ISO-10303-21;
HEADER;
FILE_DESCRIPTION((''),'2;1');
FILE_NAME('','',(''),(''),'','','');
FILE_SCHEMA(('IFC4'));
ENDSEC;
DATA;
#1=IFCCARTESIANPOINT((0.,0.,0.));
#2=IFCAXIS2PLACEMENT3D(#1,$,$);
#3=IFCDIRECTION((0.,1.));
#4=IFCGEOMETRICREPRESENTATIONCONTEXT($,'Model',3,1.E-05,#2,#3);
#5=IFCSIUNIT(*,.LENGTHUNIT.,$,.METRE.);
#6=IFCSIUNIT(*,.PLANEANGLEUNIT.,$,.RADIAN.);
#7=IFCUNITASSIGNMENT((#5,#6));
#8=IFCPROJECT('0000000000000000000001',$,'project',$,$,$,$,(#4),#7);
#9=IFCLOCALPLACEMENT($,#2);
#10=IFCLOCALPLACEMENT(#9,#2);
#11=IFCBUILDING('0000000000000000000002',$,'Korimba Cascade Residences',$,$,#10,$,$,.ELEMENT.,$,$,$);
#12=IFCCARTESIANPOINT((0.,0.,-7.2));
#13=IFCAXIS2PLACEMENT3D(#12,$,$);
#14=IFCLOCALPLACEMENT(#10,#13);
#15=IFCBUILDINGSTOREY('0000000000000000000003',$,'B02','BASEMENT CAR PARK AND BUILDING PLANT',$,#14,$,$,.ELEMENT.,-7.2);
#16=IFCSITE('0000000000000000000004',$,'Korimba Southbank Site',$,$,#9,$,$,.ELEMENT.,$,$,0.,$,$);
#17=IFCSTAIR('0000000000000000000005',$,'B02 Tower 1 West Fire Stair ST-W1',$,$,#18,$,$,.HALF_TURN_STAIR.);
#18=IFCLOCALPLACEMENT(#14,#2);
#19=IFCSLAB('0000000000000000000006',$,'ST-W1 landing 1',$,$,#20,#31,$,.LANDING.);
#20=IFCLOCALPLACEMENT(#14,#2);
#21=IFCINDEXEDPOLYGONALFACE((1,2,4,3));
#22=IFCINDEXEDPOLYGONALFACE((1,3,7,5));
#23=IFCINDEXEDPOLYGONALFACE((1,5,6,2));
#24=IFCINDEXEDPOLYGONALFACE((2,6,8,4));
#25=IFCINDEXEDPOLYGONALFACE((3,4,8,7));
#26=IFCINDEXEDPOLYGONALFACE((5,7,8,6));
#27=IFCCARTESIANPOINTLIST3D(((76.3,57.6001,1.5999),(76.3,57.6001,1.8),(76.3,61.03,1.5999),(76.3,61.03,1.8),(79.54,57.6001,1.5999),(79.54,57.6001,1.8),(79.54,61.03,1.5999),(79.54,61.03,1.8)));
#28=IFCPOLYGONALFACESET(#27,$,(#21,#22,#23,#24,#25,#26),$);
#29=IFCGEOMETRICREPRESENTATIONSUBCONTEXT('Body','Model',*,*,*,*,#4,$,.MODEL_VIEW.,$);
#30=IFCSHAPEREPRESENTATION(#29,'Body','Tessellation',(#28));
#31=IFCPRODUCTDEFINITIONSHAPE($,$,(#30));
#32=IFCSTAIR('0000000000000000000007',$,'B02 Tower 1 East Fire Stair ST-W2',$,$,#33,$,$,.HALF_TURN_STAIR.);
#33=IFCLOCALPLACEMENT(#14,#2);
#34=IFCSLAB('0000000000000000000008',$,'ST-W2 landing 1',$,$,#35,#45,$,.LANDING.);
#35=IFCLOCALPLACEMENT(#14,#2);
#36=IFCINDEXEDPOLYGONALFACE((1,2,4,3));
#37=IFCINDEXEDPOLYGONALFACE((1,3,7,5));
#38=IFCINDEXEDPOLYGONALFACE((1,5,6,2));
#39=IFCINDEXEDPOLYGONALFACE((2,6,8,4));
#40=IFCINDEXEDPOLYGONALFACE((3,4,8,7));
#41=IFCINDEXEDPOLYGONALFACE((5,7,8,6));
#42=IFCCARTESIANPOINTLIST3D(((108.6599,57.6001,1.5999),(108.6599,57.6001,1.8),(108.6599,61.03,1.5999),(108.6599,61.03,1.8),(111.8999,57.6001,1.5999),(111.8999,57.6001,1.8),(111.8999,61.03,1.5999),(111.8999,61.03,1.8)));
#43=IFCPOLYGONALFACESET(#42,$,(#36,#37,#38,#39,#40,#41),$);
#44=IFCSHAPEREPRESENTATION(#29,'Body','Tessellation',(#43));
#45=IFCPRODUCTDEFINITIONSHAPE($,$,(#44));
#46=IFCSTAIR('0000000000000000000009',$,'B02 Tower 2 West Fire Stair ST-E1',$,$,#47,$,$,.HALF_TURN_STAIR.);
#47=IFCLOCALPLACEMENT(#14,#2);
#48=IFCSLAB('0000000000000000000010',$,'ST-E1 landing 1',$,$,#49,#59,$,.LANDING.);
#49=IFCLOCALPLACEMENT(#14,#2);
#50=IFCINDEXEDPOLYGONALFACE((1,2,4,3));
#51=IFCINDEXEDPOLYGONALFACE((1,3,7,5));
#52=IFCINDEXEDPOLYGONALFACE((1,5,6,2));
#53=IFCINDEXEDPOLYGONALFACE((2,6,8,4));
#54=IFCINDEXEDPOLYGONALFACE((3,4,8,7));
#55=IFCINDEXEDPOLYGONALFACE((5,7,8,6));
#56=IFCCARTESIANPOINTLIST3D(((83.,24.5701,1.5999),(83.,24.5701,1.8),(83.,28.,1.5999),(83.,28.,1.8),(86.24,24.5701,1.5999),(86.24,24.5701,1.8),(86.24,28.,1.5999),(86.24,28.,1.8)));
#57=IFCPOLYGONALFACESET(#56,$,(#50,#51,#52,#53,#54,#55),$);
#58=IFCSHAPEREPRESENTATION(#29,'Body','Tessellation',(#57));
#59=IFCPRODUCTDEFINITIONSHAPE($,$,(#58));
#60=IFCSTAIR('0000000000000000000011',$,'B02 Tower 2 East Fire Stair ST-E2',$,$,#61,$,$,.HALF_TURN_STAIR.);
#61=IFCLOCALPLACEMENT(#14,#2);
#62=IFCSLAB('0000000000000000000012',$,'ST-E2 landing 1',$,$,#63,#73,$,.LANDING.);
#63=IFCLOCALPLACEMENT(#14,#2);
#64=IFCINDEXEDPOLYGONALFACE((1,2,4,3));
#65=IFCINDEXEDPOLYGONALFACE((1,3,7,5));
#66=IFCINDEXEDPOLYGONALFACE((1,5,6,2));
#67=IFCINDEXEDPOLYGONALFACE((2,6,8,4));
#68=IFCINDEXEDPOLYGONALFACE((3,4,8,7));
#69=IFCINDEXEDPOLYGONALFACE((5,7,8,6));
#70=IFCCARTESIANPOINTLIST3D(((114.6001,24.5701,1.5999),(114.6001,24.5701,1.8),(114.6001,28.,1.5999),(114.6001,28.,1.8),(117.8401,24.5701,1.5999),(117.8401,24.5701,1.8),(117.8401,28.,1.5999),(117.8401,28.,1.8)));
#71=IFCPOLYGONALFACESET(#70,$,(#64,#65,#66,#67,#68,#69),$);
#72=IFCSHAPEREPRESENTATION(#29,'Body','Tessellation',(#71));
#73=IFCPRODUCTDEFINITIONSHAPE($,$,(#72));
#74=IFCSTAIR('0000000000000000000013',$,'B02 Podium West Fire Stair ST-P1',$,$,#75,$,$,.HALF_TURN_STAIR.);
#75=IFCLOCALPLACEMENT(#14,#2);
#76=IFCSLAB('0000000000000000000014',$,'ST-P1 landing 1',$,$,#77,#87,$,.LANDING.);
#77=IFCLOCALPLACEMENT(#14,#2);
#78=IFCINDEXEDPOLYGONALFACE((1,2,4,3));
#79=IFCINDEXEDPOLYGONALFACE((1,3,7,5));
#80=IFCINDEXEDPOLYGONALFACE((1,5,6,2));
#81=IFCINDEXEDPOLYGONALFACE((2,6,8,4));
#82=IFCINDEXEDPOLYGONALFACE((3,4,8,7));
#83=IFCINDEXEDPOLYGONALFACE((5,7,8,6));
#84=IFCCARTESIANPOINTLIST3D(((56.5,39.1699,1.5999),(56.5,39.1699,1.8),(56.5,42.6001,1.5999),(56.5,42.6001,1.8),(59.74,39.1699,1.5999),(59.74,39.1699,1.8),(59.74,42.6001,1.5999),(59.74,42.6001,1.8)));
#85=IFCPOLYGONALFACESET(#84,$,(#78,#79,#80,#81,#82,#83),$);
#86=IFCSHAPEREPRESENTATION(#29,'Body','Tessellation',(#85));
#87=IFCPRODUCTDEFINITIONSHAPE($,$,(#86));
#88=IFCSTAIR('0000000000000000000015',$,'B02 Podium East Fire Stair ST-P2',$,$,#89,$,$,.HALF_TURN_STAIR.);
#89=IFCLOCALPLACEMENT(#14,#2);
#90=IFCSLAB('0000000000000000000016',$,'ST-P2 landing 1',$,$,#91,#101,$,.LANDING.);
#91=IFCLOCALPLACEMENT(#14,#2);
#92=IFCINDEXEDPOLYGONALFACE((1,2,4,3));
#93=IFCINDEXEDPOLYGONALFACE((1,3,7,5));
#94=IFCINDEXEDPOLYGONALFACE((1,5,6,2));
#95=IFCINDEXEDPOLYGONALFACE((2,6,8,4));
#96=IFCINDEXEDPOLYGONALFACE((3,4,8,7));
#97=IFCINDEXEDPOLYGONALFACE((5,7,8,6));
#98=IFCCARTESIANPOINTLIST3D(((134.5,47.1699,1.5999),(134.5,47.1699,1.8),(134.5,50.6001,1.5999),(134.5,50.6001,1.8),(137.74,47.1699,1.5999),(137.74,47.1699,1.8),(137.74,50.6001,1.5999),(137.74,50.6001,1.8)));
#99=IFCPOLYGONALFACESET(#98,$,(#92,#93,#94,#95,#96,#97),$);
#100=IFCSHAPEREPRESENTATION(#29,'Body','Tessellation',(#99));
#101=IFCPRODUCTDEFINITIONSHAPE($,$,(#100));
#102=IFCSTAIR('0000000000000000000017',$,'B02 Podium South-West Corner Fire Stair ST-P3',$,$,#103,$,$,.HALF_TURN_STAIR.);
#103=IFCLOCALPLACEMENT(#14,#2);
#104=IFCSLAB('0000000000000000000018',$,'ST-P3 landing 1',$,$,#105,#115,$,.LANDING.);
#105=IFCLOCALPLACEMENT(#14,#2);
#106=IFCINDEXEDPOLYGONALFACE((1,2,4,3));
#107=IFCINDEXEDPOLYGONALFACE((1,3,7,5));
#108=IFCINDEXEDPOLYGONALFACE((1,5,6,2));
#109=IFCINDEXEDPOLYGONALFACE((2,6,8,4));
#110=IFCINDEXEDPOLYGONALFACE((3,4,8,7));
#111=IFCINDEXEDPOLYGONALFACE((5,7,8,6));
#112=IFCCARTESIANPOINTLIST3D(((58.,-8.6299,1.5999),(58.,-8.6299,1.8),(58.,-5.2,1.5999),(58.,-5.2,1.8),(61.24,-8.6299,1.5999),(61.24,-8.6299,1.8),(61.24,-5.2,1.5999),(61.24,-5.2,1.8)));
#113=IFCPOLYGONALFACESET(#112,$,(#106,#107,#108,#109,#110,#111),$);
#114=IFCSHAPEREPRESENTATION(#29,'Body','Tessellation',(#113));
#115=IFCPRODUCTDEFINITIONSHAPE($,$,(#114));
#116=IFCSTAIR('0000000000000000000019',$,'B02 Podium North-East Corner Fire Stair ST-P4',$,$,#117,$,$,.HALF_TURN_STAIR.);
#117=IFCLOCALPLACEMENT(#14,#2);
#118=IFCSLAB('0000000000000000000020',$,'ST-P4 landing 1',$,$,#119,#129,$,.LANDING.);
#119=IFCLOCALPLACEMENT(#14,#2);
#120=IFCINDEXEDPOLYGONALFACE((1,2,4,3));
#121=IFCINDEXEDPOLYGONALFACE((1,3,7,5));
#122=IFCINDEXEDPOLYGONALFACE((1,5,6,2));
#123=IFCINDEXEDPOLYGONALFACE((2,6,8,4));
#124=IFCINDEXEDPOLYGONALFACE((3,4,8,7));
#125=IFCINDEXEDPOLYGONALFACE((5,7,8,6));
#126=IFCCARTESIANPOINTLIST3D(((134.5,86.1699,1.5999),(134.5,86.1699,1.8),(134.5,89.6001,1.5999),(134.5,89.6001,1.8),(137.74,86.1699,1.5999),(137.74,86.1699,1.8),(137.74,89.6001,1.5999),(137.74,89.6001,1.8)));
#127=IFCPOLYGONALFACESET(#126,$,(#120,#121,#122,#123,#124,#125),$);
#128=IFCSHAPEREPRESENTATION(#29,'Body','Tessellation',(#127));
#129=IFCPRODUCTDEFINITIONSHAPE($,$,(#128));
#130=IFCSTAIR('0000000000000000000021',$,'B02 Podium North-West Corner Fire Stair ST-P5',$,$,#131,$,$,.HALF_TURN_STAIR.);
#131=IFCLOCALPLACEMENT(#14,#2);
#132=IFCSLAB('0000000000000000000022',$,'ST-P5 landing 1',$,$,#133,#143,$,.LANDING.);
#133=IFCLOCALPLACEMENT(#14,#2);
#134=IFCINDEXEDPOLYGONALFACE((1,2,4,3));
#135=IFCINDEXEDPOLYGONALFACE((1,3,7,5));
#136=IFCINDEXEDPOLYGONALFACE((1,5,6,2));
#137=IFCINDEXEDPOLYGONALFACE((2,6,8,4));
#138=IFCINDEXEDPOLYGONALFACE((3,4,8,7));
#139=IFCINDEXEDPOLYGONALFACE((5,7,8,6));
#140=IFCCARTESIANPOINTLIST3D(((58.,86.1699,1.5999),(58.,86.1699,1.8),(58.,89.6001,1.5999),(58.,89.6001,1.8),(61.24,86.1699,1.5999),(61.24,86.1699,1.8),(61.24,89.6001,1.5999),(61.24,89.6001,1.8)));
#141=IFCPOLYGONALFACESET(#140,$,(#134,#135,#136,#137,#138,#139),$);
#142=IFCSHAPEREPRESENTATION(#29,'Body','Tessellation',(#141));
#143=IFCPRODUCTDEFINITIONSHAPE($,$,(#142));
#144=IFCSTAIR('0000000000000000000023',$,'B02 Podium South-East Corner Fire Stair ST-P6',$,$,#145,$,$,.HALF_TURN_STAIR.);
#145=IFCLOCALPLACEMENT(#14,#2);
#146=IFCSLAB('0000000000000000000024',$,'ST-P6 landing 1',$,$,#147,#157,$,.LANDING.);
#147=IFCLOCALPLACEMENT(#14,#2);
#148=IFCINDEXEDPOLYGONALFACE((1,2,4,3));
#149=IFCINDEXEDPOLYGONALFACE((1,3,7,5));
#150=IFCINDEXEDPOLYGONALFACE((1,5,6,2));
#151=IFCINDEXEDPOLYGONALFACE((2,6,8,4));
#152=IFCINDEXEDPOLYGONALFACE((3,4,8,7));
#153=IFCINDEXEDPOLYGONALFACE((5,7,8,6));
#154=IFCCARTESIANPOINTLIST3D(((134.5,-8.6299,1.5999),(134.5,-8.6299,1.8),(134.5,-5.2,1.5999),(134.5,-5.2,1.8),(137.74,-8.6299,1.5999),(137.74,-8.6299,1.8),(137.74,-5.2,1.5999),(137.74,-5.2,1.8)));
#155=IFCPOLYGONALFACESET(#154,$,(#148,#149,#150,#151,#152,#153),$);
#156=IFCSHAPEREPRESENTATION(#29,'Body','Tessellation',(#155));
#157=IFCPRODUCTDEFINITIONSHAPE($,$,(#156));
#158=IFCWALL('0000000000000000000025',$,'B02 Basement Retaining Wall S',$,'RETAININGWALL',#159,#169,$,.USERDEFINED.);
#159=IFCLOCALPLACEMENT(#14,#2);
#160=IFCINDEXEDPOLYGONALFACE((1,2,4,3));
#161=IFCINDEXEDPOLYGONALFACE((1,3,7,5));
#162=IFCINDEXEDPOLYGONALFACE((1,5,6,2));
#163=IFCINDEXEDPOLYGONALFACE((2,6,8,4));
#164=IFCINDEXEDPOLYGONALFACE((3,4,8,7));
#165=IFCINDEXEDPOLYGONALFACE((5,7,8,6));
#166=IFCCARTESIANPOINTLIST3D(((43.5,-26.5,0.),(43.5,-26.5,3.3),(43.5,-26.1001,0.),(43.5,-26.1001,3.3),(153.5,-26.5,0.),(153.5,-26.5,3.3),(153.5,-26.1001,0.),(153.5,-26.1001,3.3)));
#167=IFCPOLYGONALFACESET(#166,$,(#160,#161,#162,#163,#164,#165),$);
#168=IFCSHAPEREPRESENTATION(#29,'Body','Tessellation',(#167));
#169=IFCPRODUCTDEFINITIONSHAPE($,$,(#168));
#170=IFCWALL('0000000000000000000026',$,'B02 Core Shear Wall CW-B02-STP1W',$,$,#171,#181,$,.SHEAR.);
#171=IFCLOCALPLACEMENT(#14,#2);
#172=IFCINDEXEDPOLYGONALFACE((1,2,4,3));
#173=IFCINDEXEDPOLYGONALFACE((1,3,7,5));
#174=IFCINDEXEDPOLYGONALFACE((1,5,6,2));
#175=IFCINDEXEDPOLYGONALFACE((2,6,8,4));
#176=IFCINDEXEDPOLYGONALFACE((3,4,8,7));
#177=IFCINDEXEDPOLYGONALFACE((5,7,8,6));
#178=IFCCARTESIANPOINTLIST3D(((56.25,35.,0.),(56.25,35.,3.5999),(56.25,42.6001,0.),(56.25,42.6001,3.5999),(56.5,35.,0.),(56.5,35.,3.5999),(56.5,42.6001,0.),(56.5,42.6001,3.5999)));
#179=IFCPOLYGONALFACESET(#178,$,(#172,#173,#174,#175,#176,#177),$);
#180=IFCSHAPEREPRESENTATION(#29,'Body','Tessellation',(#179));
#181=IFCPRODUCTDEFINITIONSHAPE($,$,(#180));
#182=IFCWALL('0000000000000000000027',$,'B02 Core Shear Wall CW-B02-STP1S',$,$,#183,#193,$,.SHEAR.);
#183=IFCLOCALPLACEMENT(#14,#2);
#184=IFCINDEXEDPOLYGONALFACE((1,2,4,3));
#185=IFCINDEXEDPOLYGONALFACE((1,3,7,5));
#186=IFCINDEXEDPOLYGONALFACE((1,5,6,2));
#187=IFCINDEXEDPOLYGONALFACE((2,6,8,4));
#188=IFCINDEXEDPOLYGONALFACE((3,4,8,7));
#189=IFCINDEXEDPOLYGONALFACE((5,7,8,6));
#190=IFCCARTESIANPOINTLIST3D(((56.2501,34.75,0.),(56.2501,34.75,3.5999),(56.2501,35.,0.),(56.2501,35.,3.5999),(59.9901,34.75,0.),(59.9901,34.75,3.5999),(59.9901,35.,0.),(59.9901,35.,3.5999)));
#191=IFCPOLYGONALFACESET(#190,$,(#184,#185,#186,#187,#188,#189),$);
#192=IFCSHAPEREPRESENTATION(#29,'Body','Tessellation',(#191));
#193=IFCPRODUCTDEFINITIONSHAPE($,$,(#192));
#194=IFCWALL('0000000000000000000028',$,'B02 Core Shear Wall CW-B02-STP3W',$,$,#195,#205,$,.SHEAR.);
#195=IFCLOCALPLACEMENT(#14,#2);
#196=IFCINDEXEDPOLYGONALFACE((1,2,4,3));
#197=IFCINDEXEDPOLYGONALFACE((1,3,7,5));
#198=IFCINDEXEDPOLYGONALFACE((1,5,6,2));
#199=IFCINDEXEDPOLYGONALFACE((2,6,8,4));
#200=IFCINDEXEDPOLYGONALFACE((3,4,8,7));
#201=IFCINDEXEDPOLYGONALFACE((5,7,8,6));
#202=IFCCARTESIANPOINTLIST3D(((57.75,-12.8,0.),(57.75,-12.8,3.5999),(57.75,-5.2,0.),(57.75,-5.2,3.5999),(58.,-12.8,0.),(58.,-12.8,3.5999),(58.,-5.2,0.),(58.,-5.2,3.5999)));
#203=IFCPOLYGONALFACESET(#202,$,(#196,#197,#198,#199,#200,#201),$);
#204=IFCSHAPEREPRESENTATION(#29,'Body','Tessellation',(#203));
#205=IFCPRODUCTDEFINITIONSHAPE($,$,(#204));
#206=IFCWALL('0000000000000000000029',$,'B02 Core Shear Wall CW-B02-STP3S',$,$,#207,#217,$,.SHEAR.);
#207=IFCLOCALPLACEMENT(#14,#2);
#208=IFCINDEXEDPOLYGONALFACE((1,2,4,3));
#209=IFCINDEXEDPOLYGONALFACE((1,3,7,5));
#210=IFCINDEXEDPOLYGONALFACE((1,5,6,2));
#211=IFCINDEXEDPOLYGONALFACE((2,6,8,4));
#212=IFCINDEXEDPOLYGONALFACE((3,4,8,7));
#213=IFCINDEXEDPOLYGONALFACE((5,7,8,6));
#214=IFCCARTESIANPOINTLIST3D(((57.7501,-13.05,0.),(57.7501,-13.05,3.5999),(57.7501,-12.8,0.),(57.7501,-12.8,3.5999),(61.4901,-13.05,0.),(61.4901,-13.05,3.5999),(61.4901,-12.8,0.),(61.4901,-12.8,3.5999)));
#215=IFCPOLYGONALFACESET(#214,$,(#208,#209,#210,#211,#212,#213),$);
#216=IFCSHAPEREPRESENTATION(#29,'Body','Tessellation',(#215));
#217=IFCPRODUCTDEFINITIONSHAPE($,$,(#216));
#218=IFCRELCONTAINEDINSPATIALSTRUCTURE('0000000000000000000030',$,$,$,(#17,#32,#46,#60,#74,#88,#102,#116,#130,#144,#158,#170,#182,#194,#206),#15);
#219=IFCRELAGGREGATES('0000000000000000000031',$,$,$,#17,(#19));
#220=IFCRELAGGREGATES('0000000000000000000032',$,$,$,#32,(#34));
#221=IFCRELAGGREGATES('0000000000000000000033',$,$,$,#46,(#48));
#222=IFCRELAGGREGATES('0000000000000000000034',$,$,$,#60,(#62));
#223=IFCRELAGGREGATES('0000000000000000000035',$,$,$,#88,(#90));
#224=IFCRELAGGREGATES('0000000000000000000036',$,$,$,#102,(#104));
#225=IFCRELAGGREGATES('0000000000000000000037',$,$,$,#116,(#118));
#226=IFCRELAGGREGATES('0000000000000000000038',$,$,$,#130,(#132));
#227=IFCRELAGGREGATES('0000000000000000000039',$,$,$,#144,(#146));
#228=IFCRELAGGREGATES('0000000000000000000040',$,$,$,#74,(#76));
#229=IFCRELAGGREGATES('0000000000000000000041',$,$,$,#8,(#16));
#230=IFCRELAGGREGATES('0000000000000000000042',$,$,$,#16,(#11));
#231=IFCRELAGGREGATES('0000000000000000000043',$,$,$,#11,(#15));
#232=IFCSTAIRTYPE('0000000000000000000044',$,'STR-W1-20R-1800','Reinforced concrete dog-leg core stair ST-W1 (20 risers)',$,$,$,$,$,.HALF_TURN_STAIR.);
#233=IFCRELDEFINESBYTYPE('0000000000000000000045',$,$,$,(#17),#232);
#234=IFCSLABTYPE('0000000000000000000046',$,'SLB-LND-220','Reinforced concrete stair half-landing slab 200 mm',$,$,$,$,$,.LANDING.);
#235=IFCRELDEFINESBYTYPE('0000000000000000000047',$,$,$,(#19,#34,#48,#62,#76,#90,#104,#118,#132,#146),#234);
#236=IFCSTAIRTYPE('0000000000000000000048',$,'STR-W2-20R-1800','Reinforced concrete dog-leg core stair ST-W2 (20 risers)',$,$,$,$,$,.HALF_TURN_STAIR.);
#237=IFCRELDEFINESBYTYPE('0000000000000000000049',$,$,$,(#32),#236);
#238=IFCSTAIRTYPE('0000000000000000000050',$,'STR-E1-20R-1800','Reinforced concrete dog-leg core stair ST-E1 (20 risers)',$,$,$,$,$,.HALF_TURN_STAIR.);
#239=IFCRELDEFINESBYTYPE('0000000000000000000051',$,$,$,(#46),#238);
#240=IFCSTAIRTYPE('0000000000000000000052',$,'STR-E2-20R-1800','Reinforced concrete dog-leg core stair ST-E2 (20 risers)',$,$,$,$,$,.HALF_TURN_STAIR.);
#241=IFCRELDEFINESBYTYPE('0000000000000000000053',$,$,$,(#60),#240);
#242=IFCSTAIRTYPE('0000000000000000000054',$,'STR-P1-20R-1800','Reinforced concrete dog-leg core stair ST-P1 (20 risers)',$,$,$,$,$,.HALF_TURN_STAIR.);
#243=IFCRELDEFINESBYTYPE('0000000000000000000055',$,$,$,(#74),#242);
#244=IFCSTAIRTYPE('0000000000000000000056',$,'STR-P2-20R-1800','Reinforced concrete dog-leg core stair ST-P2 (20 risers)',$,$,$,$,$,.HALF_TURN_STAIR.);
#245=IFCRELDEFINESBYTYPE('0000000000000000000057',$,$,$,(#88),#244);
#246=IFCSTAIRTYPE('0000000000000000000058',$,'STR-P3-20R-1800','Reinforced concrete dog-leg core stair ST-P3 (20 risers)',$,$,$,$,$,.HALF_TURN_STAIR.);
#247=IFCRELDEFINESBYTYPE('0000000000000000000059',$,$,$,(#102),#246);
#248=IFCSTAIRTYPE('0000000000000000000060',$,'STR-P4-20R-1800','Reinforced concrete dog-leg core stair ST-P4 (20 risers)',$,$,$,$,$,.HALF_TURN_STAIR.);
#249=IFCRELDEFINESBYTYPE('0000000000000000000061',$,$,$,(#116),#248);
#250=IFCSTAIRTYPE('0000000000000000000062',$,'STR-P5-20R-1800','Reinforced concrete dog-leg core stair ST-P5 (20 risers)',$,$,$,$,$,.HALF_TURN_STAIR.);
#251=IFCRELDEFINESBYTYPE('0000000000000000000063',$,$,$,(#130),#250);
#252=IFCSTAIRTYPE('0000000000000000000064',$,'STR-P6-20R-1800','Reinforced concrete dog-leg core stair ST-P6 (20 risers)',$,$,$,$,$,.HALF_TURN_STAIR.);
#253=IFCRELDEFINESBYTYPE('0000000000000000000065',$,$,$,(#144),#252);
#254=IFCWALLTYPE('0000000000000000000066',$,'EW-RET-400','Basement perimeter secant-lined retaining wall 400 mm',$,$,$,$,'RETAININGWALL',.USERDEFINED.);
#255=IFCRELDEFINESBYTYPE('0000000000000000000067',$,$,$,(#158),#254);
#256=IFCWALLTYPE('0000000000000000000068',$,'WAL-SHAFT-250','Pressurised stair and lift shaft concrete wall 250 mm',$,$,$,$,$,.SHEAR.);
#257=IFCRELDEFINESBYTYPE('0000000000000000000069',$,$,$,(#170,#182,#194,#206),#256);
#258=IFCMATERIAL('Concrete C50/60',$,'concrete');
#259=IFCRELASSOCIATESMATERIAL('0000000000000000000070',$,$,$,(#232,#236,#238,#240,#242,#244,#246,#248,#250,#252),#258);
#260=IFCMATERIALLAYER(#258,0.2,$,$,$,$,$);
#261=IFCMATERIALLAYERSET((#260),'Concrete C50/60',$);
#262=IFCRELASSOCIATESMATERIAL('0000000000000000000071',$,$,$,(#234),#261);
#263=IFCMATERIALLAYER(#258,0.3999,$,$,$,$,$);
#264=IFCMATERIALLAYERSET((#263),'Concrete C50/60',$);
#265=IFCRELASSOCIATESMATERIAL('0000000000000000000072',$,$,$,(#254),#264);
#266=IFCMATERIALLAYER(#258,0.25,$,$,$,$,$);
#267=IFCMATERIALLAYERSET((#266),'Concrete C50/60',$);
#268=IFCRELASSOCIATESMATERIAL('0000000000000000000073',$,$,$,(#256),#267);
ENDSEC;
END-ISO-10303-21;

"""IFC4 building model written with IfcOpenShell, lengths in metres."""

from ifc_helpers import new_model, si_unit, direction, frame, frame_2d, origin, place, context, subcontext, project, spatial, polyline, rectangle, outline, extrude, material, layer, layer_set, type_object, element, aggregate, save


model = new_model("IFC4")

# Units and contexts
model_context = context("Model", 3, precision=1e-05, world=origin(), true_north=direction((0.0, 1.0)))
body_context = subcontext(model_context, "Body", "Model", "MODEL_VIEW")
ifc_project = project(units=[si_unit("LENGTHUNIT", "METRE"), si_unit("PLANEANGLEUNIT", "RADIAN")], contexts=[model_context])

# Site, building, storey
site_placement = place(None, origin())
site = spatial("IfcSite", under=ifc_project, at=site_placement, Name="Korimba Southbank Site", CompositionType="ELEMENT", RefElevation=0.0)
building_placement = place(site_placement, origin())
building = spatial("IfcBuilding", under=site, at=building_placement, Name="Korimba Cascade Residences", CompositionType="ELEMENT")
storey_placement = place(building_placement, frame((0.0, 0.0, -7.2)))
storey = spatial("IfcBuildingStorey", under=building, at=storey_placement, Name="B02", Description="BASEMENT CAR PARK AND BUILDING PLANT", CompositionType="ELEMENT", Elevation=-7.2)

# Stairs, slabs
ifc_material_1 = material(Name="Concrete C50/60", Category="concrete")
stair_type_1 = type_object("IfcStairType", Name="STR-W1-20R-1800", Description="Reinforced concrete dog-leg core stair ST-W1 (20 risers)", PredefinedType="HALF_TURN_STAIR", material=ifc_material_1)
stair_1_placement = place(storey_placement, origin())
stair_1 = element("IfcStair", 1, at=stair_1_placement, inside=storey, type_object=stair_type_1, Name="B02 Tower 1 West Fire Stair ST-W1", PredefinedType="HALF_TURN_STAIR")
ifc_layer_1 = layer(ifc_material_1, 0.2)
ifc_layer_set_1 = layer_set([ifc_layer_1], Name="Concrete C50/60")
slab_type_1 = type_object("IfcSlabType", Name="SLB-LND-220", Description="Reinforced concrete stair half-landing slab 200 mm", PredefinedType="LANDING", material=ifc_layer_set_1)
slab_1_placement = place(storey_placement, frame((0.0, 0.0, 1.5999)))
slab_1 = element("IfcSlab", 2, at=slab_1_placement, type_object=slab_type_1, Name="ST-W1 landing 1", PredefinedType="LANDING", context=body_context, shape_type="SweptSolid", body=[
    extrude(outline(polyline([(76.3, 61.03), (76.3, 57.6001), (79.54, 57.6001), (79.54, 61.03), (76.3, 61.03)])), origin(), (0.0, 0.0, 1.0), 0.2002),
])
aggregate(stair_1, [slab_1])
stair_type_2 = type_object("IfcStairType", Name="STR-W2-20R-1800", Description="Reinforced concrete dog-leg core stair ST-W2 (20 risers)", PredefinedType="HALF_TURN_STAIR", material=ifc_material_1)
stair_2_placement = place(storey_placement, origin())
stair_2 = element("IfcStair", 3, at=stair_2_placement, inside=storey, type_object=stair_type_2, Name="B02 Tower 1 East Fire Stair ST-W2", PredefinedType="HALF_TURN_STAIR")
slab_2_placement = place(storey_placement, frame((0.0, 0.0, 1.5999)))
slab_2 = element("IfcSlab", 4, at=slab_2_placement, type_object=slab_type_1, Name="ST-W2 landing 1", PredefinedType="LANDING", context=body_context, shape_type="SweptSolid", body=[
    extrude(outline(polyline([(108.6599, 61.03), (108.6599, 57.6001), (111.8999, 57.6001), (111.8999, 61.03), (108.6599, 61.03)])), origin(), (0.0, 0.0, 1.0), 0.2002),
])
aggregate(stair_2, [slab_2])
stair_type_3 = type_object("IfcStairType", Name="STR-E1-20R-1800", Description="Reinforced concrete dog-leg core stair ST-E1 (20 risers)", PredefinedType="HALF_TURN_STAIR", material=ifc_material_1)
stair_3_placement = place(storey_placement, origin())
stair_3 = element("IfcStair", 5, at=stair_3_placement, inside=storey, type_object=stair_type_3, Name="B02 Tower 2 West Fire Stair ST-E1", PredefinedType="HALF_TURN_STAIR")
slab_3_placement = place(storey_placement, frame((0.0, 0.0, 1.5999)))
slab_3 = element("IfcSlab", 6, at=slab_3_placement, type_object=slab_type_1, Name="ST-E1 landing 1", PredefinedType="LANDING", context=body_context, shape_type="SweptSolid", body=[
    extrude(outline(polyline([(86.24, 24.5701), (86.24, 28.0), (83.0, 28.0), (83.0, 24.5701), (86.24, 24.5701)])), origin(), (0.0, 0.0, 1.0), 0.2002),
])
aggregate(stair_3, [slab_3])
stair_type_4 = type_object("IfcStairType", Name="STR-E2-20R-1800", Description="Reinforced concrete dog-leg core stair ST-E2 (20 risers)", PredefinedType="HALF_TURN_STAIR", material=ifc_material_1)
stair_4_placement = place(storey_placement, origin())
stair_4 = element("IfcStair", 7, at=stair_4_placement, inside=storey, type_object=stair_type_4, Name="B02 Tower 2 East Fire Stair ST-E2", PredefinedType="HALF_TURN_STAIR")
slab_4_placement = place(storey_placement, frame((0.0, 0.0, 1.5999)))
slab_4 = element("IfcSlab", 8, at=slab_4_placement, type_object=slab_type_1, Name="ST-E2 landing 1", PredefinedType="LANDING", context=body_context, shape_type="SweptSolid", body=[
    extrude(outline(polyline([(117.8401, 24.5701), (117.8401, 28.0), (114.6001, 28.0), (114.6001, 24.5701), (117.8401, 24.5701)])), origin(), (0.0, 0.0, 1.0), 0.2002),
])
aggregate(stair_4, [slab_4])
stair_type_5 = type_object("IfcStairType", Name="STR-P1-20R-1800", Description="Reinforced concrete dog-leg core stair ST-P1 (20 risers)", PredefinedType="HALF_TURN_STAIR", material=ifc_material_1)
stair_5_placement = place(storey_placement, origin())
stair_5 = element("IfcStair", 9, at=stair_5_placement, inside=storey, type_object=stair_type_5, Name="B02 Podium West Fire Stair ST-P1", PredefinedType="HALF_TURN_STAIR")
slab_5_placement = place(storey_placement, frame((0.0, 0.0, 1.5999)))
slab_5 = element("IfcSlab", 10, at=slab_5_placement, type_object=slab_type_1, Name="ST-P1 landing 1", PredefinedType="LANDING", context=body_context, shape_type="SweptSolid", body=[
    extrude(outline(polyline([(59.74, 39.1699), (59.74, 42.6001), (56.5, 42.6001), (56.5, 39.1699), (59.74, 39.1699)])), origin(), (0.0, 0.0, 1.0), 0.2002),
])
stair_type_6 = type_object("IfcStairType", Name="STR-P2-20R-1800", Description="Reinforced concrete dog-leg core stair ST-P2 (20 risers)", PredefinedType="HALF_TURN_STAIR", material=ifc_material_1)
stair_6_placement = place(storey_placement, origin())
stair_6 = element("IfcStair", 11, at=stair_6_placement, inside=storey, type_object=stair_type_6, Name="B02 Podium East Fire Stair ST-P2", PredefinedType="HALF_TURN_STAIR")
slab_6_placement = place(storey_placement, frame((0.0, 0.0, 1.5999)))
slab_6 = element("IfcSlab", 12, at=slab_6_placement, type_object=slab_type_1, Name="ST-P2 landing 1", PredefinedType="LANDING", context=body_context, shape_type="SweptSolid", body=[
    extrude(outline(polyline([(137.74, 47.1699), (137.74, 50.6001), (134.5, 50.6001), (134.5, 47.1699), (137.74, 47.1699)])), origin(), (0.0, 0.0, 1.0), 0.2002),
])
aggregate(stair_6, [slab_6])
stair_type_7 = type_object("IfcStairType", Name="STR-P3-20R-1800", Description="Reinforced concrete dog-leg core stair ST-P3 (20 risers)", PredefinedType="HALF_TURN_STAIR", material=ifc_material_1)
stair_7_placement = place(storey_placement, origin())
stair_7 = element("IfcStair", 13, at=stair_7_placement, inside=storey, type_object=stair_type_7, Name="B02 Podium South-West Corner Fire Stair ST-P3", PredefinedType="HALF_TURN_STAIR")
slab_7_placement = place(storey_placement, frame((0.0, 0.0, 1.5999)))
slab_7 = element("IfcSlab", 14, at=slab_7_placement, type_object=slab_type_1, Name="ST-P3 landing 1", PredefinedType="LANDING", context=body_context, shape_type="SweptSolid", body=[
    extrude(outline(polyline([(61.24, -8.6299), (61.24, -5.2), (58.0, -5.2), (58.0, -8.6299), (61.24, -8.6299)])), origin(), (0.0, 0.0, 1.0), 0.2002),
])
aggregate(stair_7, [slab_7])
stair_type_8 = type_object("IfcStairType", Name="STR-P4-20R-1800", Description="Reinforced concrete dog-leg core stair ST-P4 (20 risers)", PredefinedType="HALF_TURN_STAIR", material=ifc_material_1)
stair_8_placement = place(storey_placement, origin())
stair_8 = element("IfcStair", 15, at=stair_8_placement, inside=storey, type_object=stair_type_8, Name="B02 Podium North-East Corner Fire Stair ST-P4", PredefinedType="HALF_TURN_STAIR")
slab_8_placement = place(storey_placement, frame((0.0, 0.0, 1.5999)))
slab_8 = element("IfcSlab", 16, at=slab_8_placement, type_object=slab_type_1, Name="ST-P4 landing 1", PredefinedType="LANDING", context=body_context, shape_type="SweptSolid", body=[
    extrude(outline(polyline([(137.74, 86.1699), (137.74, 89.6001), (134.5, 89.6001), (134.5, 86.1699), (137.74, 86.1699)])), origin(), (0.0, 0.0, 1.0), 0.2002),
])
aggregate(stair_8, [slab_8])
stair_type_9 = type_object("IfcStairType", Name="STR-P5-20R-1800", Description="Reinforced concrete dog-leg core stair ST-P5 (20 risers)", PredefinedType="HALF_TURN_STAIR", material=ifc_material_1)
stair_9_placement = place(storey_placement, origin())
stair_9 = element("IfcStair", 17, at=stair_9_placement, inside=storey, type_object=stair_type_9, Name="B02 Podium North-West Corner Fire Stair ST-P5", PredefinedType="HALF_TURN_STAIR")
slab_9_placement = place(storey_placement, frame((0.0, 0.0, 1.5999)))
slab_9 = element("IfcSlab", 18, at=slab_9_placement, type_object=slab_type_1, Name="ST-P5 landing 1", PredefinedType="LANDING", context=body_context, shape_type="SweptSolid", body=[
    extrude(outline(polyline([(61.24, 86.1699), (61.24, 89.6001), (58.0, 89.6001), (58.0, 86.1699), (61.24, 86.1699)])), origin(), (0.0, 0.0, 1.0), 0.2002),
])
aggregate(stair_9, [slab_9])
stair_type_10 = type_object("IfcStairType", Name="STR-P6-20R-1800", Description="Reinforced concrete dog-leg core stair ST-P6 (20 risers)", PredefinedType="HALF_TURN_STAIR", material=ifc_material_1)
stair_10_placement = place(storey_placement, origin())
stair_10 = element("IfcStair", 19, at=stair_10_placement, inside=storey, type_object=stair_type_10, Name="B02 Podium South-East Corner Fire Stair ST-P6", PredefinedType="HALF_TURN_STAIR")
slab_10_placement = place(storey_placement, frame((0.0, 0.0, 1.5999)))
slab_10 = element("IfcSlab", 20, at=slab_10_placement, type_object=slab_type_1, Name="ST-P6 landing 1", PredefinedType="LANDING", context=body_context, shape_type="SweptSolid", body=[
    extrude(outline(polyline([(137.74, -8.6299), (137.74, -5.2), (134.5, -5.2), (134.5, -8.6299), (137.74, -8.6299)])), origin(), (0.0, 0.0, 1.0), 0.2002),
])
aggregate(stair_10, [slab_10])

# Walls
ifc_layer_2 = layer(ifc_material_1, 0.3999)
ifc_layer_set_2 = layer_set([ifc_layer_2], Name="Concrete C50/60")
wall_type_1 = type_object("IfcWallType", Name="EW-RET-400", Description="Basement perimeter secant-lined retaining wall 400 mm", ElementType="RETAININGWALL", PredefinedType="USERDEFINED", material=ifc_layer_set_2)
wall_1_placement = place(storey_placement, frame((43.5, -26.3, 0.0), z_axis=(0.0, 0.0, 1.0), x_axis=(1.0, 0.0, 0.0)))
element("IfcWall", 21, at=wall_1_placement, inside=storey, type_object=wall_type_1, Name="B02 Basement Retaining Wall S", ObjectType="RETAININGWALL", PredefinedType="USERDEFINED", context=body_context, shape_type="SweptSolid", body=[
    extrude(rectangle(XDim=110.0, YDim=0.3999, at=frame_2d((55.0, 0.0))), origin(), (0.0, 0.0, 1.0), 3.3),
])
ifc_layer_3 = layer(ifc_material_1, 0.25)
ifc_layer_set_3 = layer_set([ifc_layer_3], Name="Concrete C50/60")
wall_type_2 = type_object("IfcWallType", Name="WAL-SHAFT-250", Description="Pressurised stair and lift shaft concrete wall 250 mm", PredefinedType="SHEAR", material=ifc_layer_set_3)
wall_2_placement = place(storey_placement, frame((56.375, 35.0, 0.0), z_axis=(0.0, 0.0, 1.0), x_axis=(0.0, 1.0, 0.0)))
element("IfcWall", 22, at=wall_2_placement, inside=storey, type_object=wall_type_2, Name="B02 Core Shear Wall CW-B02-STP1W", PredefinedType="SHEAR", context=body_context, shape_type="SweptSolid", body=[
    extrude(rectangle(XDim=7.6001, YDim=0.25, at=frame_2d((3.8, 0.0))), origin(), (0.0, 0.0, 1.0), 3.5999),
])
wall_3_placement = place(storey_placement, frame((56.25, 34.875, 0.0), z_axis=(0.0, 0.0, 1.0), x_axis=(1.0, 0.0, 0.0)))
element("IfcWall", 23, at=wall_3_placement, inside=storey, type_object=wall_type_2, Name="B02 Core Shear Wall CW-B02-STP1S", PredefinedType="SHEAR", context=body_context, shape_type="SweptSolid", body=[
    extrude(rectangle(XDim=3.74, YDim=0.25, at=frame_2d((1.8701, 0.0))), origin(), (0.0, 0.0, 1.0), 3.5999),
])
wall_4_placement = place(storey_placement, frame((57.875, -12.8, 0.0), z_axis=(0.0, 0.0, 1.0), x_axis=(0.0, 1.0, 0.0)))
element("IfcWall", 24, at=wall_4_placement, inside=storey, type_object=wall_type_2, Name="B02 Core Shear Wall CW-B02-STP3W", PredefinedType="SHEAR", context=body_context, shape_type="SweptSolid", body=[
    extrude(rectangle(XDim=7.6001, YDim=0.25, at=frame_2d((3.8, 0.0))), origin(), (0.0, 0.0, 1.0), 3.5999),
])
for number, where, z_axis, x_axis, name in (
    (25, (57.75, -12.925, 0.0), (0.0, 0.0, 1.0), (1.0, 0.0, 0.0), "B02 Core Shear Wall CW-B02-STP3S"),
):
    element("IfcWall", number, at=place(storey_placement, frame(where, z_axis=z_axis, x_axis=x_axis)), inside=storey, type_object=wall_type_2, Name=name, PredefinedType="SHEAR", context=body_context, shape_type="SweptSolid", body=[
        extrude(rectangle(XDim=3.74, YDim=0.25, at=frame_2d((1.8701, 0.0))), origin(), (0.0, 0.0, 1.0), 3.5999),
    ])

aggregate(stair_5, [slab_5])

save(model, "model.ifc")
